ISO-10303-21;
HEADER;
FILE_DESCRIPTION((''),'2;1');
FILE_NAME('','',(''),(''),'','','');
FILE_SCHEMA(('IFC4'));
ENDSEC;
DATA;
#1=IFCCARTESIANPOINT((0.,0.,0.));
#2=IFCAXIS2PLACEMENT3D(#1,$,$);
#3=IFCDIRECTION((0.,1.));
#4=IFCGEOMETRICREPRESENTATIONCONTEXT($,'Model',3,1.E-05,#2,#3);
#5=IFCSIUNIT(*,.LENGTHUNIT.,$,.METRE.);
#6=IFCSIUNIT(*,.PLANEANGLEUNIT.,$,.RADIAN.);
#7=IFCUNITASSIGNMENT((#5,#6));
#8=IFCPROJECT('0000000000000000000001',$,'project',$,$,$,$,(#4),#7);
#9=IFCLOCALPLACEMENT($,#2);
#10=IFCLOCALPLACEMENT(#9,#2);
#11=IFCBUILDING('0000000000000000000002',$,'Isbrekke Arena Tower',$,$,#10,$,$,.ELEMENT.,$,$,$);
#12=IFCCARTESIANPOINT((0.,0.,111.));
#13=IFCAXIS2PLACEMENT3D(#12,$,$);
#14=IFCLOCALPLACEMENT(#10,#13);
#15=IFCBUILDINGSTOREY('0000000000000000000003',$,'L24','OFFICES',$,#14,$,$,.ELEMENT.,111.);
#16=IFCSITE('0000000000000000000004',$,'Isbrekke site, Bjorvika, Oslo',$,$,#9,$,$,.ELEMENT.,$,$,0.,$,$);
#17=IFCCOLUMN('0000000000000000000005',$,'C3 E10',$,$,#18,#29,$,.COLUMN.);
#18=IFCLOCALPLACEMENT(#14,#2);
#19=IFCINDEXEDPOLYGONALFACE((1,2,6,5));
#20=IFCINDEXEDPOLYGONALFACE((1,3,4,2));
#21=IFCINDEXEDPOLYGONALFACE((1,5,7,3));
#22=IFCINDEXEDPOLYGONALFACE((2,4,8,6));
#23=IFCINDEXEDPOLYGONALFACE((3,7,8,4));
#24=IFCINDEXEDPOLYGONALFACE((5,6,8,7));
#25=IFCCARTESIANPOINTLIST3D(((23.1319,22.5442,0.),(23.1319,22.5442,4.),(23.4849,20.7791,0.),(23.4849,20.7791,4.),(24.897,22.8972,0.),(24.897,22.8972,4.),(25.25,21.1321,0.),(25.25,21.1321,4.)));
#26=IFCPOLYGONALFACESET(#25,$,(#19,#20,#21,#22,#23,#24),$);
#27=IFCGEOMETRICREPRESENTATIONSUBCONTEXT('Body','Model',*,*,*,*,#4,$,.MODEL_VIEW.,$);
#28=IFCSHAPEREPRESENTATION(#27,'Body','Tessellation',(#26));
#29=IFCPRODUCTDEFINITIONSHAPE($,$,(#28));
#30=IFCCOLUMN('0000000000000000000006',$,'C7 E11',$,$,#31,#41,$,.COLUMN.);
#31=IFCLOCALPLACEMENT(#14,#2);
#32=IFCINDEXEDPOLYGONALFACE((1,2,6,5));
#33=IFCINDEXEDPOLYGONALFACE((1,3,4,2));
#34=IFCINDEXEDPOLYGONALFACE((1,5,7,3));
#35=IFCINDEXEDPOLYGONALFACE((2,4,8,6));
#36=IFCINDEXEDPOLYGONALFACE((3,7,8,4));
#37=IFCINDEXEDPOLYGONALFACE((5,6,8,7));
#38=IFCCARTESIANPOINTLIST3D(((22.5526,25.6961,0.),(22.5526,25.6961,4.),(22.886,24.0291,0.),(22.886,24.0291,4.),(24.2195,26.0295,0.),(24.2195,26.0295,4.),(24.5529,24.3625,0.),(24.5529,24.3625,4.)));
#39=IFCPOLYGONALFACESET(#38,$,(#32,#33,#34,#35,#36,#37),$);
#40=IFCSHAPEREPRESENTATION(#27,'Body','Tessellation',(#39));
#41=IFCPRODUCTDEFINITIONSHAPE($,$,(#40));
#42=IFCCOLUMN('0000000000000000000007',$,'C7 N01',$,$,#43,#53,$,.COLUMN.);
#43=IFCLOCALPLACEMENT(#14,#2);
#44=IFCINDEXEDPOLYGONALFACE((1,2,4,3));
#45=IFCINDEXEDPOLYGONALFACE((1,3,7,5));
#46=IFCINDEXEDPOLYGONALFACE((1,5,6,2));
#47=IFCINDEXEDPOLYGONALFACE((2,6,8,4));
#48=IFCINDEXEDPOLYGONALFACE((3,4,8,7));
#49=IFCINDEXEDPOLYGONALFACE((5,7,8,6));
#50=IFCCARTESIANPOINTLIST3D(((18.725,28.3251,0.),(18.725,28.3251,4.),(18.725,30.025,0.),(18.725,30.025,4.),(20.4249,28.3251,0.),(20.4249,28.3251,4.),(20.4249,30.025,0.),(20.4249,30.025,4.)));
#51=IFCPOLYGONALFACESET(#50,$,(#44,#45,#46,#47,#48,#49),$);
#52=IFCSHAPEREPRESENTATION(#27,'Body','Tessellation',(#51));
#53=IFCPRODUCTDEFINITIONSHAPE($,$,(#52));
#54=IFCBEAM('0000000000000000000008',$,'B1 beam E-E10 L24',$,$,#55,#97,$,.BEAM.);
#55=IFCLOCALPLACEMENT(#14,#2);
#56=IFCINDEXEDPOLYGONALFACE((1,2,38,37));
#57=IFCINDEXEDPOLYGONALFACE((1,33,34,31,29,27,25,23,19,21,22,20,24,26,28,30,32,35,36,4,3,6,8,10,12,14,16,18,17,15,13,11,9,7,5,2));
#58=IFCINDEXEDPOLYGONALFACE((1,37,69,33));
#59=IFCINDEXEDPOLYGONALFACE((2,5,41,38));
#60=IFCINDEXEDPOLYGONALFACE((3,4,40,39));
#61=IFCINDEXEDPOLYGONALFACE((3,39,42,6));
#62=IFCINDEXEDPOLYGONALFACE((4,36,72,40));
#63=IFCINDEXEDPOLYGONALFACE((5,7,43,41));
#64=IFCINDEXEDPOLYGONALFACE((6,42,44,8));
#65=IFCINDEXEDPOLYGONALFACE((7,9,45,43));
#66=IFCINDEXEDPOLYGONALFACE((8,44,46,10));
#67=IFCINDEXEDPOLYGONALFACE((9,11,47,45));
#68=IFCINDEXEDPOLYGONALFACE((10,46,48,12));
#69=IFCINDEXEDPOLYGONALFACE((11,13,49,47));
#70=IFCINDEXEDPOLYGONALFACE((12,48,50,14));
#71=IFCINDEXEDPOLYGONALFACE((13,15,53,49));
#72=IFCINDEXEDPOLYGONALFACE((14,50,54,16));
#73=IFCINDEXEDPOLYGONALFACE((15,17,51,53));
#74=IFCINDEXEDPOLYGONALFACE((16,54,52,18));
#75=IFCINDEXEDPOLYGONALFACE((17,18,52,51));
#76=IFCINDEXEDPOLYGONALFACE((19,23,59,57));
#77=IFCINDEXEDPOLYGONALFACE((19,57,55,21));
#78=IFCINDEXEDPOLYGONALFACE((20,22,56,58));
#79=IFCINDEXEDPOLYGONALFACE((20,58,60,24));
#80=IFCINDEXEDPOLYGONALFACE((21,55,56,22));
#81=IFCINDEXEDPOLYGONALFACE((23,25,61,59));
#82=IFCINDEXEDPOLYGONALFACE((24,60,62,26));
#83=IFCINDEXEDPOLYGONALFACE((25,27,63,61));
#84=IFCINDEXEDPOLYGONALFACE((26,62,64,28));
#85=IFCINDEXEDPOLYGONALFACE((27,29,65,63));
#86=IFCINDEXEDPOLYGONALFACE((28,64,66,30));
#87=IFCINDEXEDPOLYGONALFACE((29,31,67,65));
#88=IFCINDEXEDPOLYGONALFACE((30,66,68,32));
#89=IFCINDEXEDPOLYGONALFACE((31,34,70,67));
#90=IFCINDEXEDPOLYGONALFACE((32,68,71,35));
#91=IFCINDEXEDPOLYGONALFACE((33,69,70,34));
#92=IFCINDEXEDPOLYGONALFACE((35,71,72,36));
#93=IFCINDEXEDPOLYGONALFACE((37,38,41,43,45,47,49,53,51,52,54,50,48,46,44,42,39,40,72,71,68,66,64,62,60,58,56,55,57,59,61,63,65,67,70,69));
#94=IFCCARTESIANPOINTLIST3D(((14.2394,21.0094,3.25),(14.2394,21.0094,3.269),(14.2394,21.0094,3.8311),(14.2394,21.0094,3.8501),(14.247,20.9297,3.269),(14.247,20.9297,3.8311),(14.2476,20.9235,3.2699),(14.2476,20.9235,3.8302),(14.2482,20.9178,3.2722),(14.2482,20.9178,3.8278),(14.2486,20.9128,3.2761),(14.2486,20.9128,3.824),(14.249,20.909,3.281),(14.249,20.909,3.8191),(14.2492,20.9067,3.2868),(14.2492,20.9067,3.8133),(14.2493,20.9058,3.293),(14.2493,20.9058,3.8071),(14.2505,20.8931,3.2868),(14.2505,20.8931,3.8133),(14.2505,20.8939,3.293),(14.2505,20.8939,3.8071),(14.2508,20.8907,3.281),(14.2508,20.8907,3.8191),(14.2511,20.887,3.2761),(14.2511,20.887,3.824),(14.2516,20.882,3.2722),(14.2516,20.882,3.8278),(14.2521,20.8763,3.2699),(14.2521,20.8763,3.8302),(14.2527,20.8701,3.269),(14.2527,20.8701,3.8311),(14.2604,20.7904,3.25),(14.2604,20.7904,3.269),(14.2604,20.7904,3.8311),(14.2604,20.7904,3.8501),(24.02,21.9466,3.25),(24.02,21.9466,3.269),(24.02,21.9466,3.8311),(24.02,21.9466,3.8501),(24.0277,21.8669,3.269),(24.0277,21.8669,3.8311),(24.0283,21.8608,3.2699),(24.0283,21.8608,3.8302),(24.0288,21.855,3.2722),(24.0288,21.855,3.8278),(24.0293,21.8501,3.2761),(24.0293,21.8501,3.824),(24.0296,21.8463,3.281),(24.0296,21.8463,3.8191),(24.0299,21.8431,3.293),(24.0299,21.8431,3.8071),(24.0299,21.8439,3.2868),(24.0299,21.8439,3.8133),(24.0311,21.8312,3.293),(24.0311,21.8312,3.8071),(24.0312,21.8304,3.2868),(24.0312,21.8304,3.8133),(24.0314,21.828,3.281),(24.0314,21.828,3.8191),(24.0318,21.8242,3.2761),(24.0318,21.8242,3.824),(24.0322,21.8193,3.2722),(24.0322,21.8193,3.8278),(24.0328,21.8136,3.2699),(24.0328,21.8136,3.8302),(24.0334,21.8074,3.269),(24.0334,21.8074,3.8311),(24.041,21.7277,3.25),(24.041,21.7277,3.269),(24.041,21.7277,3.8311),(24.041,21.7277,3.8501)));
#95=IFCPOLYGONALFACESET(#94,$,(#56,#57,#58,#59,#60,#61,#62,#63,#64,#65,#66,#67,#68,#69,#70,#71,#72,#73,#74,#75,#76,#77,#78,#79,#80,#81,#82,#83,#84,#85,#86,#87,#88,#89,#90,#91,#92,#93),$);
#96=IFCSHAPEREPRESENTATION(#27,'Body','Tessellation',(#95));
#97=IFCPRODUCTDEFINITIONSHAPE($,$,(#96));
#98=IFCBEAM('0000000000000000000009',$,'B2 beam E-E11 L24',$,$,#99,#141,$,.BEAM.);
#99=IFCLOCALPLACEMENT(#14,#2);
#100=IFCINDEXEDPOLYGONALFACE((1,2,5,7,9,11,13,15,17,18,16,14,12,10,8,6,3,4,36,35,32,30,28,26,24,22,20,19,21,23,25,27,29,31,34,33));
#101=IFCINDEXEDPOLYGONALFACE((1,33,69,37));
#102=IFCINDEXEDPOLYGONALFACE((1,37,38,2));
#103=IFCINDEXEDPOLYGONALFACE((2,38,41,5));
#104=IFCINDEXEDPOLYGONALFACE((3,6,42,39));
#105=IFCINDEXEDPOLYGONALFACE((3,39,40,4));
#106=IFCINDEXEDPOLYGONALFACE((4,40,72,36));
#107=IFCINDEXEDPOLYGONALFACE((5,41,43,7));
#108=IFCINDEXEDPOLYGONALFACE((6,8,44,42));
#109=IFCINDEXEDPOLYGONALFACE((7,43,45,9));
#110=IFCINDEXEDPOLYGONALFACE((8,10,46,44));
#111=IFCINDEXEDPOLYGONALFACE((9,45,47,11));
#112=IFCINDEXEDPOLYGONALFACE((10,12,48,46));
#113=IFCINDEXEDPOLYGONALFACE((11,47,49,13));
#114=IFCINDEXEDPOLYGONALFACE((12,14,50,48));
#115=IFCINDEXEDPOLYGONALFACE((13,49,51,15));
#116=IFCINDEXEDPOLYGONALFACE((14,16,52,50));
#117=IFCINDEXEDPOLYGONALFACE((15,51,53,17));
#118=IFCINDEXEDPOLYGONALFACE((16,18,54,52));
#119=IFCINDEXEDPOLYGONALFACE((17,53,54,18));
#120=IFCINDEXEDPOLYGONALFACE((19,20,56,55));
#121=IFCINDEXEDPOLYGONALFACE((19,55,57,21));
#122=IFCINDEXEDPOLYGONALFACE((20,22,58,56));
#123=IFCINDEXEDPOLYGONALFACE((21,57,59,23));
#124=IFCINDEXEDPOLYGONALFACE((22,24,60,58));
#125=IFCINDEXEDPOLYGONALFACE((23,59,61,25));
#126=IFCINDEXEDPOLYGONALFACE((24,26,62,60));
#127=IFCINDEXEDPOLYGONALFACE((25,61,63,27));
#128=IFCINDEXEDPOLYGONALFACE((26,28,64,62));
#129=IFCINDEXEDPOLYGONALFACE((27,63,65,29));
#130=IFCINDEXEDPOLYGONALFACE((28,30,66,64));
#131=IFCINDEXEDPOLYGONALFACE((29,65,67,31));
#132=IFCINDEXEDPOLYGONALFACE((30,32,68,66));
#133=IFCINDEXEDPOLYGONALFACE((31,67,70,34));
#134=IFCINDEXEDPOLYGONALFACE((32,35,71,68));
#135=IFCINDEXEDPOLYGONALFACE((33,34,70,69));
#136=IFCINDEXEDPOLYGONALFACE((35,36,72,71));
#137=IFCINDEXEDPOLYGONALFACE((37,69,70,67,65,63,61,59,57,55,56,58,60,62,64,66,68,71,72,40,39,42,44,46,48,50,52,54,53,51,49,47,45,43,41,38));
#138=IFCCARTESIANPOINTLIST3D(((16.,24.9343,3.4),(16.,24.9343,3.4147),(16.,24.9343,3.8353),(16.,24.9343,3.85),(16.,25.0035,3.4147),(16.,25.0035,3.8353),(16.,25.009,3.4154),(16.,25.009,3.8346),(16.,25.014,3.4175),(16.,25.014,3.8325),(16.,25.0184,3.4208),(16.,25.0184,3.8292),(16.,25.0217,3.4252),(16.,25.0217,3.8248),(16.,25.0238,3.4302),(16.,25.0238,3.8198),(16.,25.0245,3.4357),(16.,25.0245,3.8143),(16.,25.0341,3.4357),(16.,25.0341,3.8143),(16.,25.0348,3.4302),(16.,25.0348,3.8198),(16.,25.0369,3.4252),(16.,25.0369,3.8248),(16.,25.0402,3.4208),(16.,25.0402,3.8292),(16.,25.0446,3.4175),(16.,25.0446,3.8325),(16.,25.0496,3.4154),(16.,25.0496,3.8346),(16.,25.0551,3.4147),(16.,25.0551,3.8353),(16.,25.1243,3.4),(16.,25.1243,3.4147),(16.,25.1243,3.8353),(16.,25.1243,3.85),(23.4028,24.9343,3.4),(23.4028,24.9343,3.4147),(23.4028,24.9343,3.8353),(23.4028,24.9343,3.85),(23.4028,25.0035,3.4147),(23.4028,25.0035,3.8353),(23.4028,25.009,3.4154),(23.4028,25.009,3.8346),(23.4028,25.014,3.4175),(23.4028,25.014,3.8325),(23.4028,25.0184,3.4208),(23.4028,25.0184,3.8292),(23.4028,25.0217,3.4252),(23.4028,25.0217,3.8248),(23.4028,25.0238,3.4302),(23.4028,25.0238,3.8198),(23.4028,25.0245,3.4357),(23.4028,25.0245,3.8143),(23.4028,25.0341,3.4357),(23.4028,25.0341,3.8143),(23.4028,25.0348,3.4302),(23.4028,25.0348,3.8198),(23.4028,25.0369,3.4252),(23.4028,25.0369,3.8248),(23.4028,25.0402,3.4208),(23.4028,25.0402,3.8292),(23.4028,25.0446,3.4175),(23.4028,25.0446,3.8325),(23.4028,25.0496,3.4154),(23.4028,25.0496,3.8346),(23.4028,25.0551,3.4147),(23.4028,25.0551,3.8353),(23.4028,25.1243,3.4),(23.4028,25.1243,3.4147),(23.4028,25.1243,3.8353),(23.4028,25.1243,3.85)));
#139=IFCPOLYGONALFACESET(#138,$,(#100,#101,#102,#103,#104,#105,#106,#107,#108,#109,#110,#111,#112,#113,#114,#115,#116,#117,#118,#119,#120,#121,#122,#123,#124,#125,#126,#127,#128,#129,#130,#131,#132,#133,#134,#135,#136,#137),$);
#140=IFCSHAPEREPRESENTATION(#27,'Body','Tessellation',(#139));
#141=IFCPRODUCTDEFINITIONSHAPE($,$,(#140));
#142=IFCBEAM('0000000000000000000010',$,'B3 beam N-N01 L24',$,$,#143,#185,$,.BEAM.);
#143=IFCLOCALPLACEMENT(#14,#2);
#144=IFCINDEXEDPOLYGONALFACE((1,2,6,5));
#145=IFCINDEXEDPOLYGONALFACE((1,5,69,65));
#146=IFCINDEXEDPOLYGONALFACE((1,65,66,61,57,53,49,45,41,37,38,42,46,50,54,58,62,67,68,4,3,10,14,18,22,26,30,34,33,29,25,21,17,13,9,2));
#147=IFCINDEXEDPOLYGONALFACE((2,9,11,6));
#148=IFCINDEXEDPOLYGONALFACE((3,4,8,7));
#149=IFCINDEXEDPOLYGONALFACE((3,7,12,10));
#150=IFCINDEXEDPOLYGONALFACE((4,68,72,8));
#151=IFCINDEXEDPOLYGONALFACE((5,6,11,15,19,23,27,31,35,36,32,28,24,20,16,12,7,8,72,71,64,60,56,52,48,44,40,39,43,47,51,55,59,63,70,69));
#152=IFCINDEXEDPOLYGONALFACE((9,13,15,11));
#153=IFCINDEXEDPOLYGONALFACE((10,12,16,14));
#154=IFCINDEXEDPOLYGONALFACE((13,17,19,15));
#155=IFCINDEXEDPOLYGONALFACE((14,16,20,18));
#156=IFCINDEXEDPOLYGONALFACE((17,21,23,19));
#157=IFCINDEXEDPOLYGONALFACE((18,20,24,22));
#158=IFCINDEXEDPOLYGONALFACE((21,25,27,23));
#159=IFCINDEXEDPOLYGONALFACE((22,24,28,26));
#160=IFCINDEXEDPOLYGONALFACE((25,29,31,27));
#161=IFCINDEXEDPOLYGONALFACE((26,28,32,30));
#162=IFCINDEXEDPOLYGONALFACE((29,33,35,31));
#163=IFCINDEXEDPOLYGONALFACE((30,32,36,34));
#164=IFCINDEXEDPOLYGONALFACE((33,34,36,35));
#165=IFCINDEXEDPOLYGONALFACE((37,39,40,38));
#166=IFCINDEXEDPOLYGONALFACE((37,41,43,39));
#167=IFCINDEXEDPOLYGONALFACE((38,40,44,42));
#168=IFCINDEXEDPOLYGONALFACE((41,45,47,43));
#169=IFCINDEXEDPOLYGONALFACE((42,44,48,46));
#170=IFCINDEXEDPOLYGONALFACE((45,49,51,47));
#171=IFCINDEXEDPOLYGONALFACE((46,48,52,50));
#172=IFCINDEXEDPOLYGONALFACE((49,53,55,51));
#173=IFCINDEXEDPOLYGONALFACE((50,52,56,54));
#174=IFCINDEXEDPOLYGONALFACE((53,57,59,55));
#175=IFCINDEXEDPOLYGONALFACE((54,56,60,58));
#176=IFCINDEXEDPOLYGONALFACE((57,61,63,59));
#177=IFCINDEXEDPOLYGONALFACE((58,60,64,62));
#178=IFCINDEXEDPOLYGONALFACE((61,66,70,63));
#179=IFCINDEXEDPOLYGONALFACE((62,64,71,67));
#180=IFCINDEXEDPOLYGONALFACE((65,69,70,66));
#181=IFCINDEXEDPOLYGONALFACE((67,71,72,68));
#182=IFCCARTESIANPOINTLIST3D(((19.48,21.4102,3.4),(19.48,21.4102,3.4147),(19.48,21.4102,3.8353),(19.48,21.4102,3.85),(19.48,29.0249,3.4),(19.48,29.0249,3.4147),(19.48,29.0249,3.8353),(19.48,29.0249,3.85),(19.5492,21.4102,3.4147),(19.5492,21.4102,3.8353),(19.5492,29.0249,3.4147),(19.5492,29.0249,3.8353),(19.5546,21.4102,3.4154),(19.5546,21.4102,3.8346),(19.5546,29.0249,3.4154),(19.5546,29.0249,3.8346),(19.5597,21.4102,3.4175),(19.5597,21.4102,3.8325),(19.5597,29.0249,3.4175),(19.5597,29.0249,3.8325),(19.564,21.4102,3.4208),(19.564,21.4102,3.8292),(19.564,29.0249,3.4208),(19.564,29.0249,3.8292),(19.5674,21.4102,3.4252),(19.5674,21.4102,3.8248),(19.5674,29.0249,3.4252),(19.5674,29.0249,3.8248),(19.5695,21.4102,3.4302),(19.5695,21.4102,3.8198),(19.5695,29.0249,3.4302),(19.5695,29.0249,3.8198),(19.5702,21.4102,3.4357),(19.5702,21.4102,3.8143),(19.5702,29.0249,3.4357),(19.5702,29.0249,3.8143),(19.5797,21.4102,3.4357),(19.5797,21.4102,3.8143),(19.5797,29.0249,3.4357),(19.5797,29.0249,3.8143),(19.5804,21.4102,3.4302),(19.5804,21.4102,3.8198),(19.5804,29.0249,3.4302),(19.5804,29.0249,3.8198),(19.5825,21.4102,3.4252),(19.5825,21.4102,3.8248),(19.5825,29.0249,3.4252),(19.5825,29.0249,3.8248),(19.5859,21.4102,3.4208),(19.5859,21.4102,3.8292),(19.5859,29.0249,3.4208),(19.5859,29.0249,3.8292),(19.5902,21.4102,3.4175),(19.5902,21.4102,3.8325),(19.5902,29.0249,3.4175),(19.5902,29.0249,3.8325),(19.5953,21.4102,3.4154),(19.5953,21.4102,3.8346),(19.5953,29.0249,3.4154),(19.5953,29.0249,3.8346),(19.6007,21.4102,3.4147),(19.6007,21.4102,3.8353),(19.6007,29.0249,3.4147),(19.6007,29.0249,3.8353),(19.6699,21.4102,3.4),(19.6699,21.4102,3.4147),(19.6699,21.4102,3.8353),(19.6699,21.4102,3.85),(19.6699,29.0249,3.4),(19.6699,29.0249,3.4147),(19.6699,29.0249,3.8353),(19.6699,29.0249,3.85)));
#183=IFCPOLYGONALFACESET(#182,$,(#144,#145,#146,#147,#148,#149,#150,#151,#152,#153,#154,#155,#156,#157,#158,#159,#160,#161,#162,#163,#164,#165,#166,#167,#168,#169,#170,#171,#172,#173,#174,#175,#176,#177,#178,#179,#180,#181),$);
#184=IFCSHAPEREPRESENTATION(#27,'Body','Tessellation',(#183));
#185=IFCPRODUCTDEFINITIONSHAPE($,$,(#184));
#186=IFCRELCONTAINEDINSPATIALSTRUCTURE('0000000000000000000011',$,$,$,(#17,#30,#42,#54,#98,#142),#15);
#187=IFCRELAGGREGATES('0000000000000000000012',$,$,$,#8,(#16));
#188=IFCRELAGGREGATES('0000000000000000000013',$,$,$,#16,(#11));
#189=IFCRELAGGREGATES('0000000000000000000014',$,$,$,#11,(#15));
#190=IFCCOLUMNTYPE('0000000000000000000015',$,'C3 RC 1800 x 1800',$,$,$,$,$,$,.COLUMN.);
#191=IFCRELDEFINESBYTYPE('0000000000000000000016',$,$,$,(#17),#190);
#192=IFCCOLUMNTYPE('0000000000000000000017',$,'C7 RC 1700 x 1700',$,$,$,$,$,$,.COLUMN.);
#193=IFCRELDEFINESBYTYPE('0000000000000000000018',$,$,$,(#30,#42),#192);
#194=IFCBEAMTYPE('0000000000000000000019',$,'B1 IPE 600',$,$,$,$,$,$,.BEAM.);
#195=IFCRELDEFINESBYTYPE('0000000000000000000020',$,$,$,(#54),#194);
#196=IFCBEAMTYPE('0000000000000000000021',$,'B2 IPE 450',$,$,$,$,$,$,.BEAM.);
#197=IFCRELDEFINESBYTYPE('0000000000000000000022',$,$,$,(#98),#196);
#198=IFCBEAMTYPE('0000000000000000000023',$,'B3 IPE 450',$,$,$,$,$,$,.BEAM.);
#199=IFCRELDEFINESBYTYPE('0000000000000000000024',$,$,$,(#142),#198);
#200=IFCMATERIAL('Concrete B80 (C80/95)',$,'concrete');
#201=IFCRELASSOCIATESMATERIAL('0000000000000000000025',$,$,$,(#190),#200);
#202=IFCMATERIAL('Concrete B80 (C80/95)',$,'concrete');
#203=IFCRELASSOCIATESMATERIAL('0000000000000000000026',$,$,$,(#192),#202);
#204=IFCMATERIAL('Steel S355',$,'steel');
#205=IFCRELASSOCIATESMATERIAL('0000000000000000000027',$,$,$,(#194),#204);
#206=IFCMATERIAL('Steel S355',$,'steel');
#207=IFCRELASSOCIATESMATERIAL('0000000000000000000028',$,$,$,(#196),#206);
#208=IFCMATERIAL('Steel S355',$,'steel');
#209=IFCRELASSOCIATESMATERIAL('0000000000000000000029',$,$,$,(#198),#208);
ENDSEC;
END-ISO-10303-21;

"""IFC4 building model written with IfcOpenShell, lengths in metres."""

from ifc_helpers import new_model, si_unit, direction, frame, origin, origin_2d, place, context, subcontext, project, spatial, rectangle, i_section, extrude, material, material_profile, profile_set, type_object, element, save


model = new_model("IFC4")

# Units and contexts
model_context = context("Model", 3, precision=1e-05, world=origin(), true_north=direction((0.0, 1.0)))
body_context = subcontext(model_context, "Body", "Model", "MODEL_VIEW")
ifc_project = project(units=[si_unit("LENGTHUNIT", "METRE"), si_unit("PLANEANGLEUNIT", "RADIAN")], contexts=[model_context])

# Site, building, storey
site_placement = place(None, origin())
site = spatial("IfcSite", under=ifc_project, at=site_placement, Name="Isbrekke site, Bjorvika, Oslo", CompositionType="ELEMENT", RefElevation=0.0)
building_placement = place(site_placement, origin())
building = spatial("IfcBuilding", under=site, at=building_placement, Name="Isbrekke Arena Tower", CompositionType="ELEMENT")
storey_placement = place(building_placement, frame((0.0, 0.0, 111.0)))
storey = spatial("IfcBuildingStorey", under=building, at=storey_placement, Name="L24", Description="OFFICES", CompositionType="ELEMENT", Elevation=111.0)

# Columns
ifc_material_1 = material(Name="Concrete B80 (C80/95)", Category="concrete")
ifc_material_profile_1 = material_profile(ifc_material_1, rectangle(XDim=1.8, YDim=1.8, at=origin_2d()), Name="RC 1800x1800")
ifc_profile_set_1 = profile_set([ifc_material_profile_1], Name="Concrete B80 (C80/95)")
column_type_1 = type_object("IfcColumnType", Name="C3 RC 1800 x 1800", PredefinedType="COLUMN", material=ifc_profile_set_1)
column_placement = place(storey_placement, frame((24.1909, 21.8381, 0.0), z_axis=(0.0, 0.0, 1.0), x_axis=(-0.196116, 0.980581, 0.0)))
element("IfcColumn", 1, at=column_placement, inside=storey, type_object=column_type_1, Name="C3 E10", PredefinedType="COLUMN", context=body_context, shape_type="SweptSolid", body=[
    extrude(rectangle(XDim=1.8, YDim=1.8, at=origin_2d()), origin(), (0.0, 0.0, 1.0), 4.0),
])
ifc_material_2 = material(Name="Concrete B80 (C80/95)", Category="concrete")
ifc_material_profile_2 = material_profile(ifc_material_2, rectangle(XDim=1.7, YDim=1.7, at=origin_2d()), Name="RC 1700x1700")
ifc_profile_set_2 = profile_set([ifc_material_profile_2], Name="Concrete B80 (C80/95)")
column_type_2 = type_object("IfcColumnType", Name="C7 RC 1700 x 1700", PredefinedType="COLUMN", material=ifc_profile_set_2)
for number, where, z_axis, x_axis, name in (
    (2, (23.5527, 25.0293, 0.0), (0.0, 0.0, 1.0), (-0.196116, 0.980581, 0.0), "C7 E11"),
    (3, (19.575, 29.175, 0.0), (0.0, 0.0, 1.0), (-1.0, 0.0, 0.0), "C7 N01"),
):
    element("IfcColumn", number, at=place(storey_placement, frame(where, z_axis=z_axis, x_axis=x_axis)), inside=storey, type_object=column_type_2, Name=name, PredefinedType="COLUMN", context=body_context, shape_type="SweptSolid", body=[
        extrude(rectangle(XDim=1.7, YDim=1.7, at=origin_2d()), origin(), (0.0, 0.0, 1.0), 4.0),
    ])

# Beams
ifc_material_3 = material(Name="Steel S355", Category="steel")
ifc_material_profile_3 = material_profile(ifc_material_3, i_section(OverallWidth=0.22, OverallDepth=0.6001, WebThickness=0.012, FlangeThickness=0.019, FilletRadius=0.0239, at=origin_2d()), Name="IPE 600")
ifc_profile_set_3 = profile_set([ifc_material_profile_3], Name="Steel S355")
beam_type_1 = type_object("IfcBeamType", Name="B1 IPE 600", PredefinedType="BEAM", material=ifc_profile_set_3)
beam_1_placement = place(storey_placement, frame((24.0305, 21.8372, 3.55), z_axis=(-0.99544, -0.095392, 0.0), x_axis=(0.095392, -0.99544, 0.0)))
element("IfcBeam", 4, at=beam_1_placement, inside=storey, type_object=beam_type_1, Name="B1 beam E-E10 L24", PredefinedType="BEAM", context=body_context, shape_type="SweptSolid", body=[
    extrude(i_section(OverallWidth=0.22, OverallDepth=0.6001, WebThickness=0.012, FlangeThickness=0.019, FilletRadius=0.0239, at=origin_2d()), origin(), (0.0, 0.0, 1.0), 9.8254),
])
ifc_material_4 = material(Name="Steel S355", Category="steel")
ifc_material_profile_4 = material_profile(ifc_material_4, i_section(OverallWidth=0.1899, OverallDepth=0.45, WebThickness=0.0095, FlangeThickness=0.0146, FilletRadius=0.021, at=origin_2d()), Name="IPE 450")
ifc_profile_set_4 = profile_set([ifc_material_profile_4], Name="Steel S355")
beam_type_2 = type_object("IfcBeamType", Name="B2 IPE 450", PredefinedType="BEAM", material=ifc_profile_set_4)
beam_2_placement = place(storey_placement, frame((23.4028, 25.0293, 3.625), z_axis=(-1.0, 0.0, 0.0), x_axis=(0.0, -1.0, 0.0)))
element("IfcBeam", 5, at=beam_2_placement, inside=storey, type_object=beam_type_2, Name="B2 beam E-E11 L24", PredefinedType="BEAM", context=body_context, shape_type="SweptSolid", body=[
    extrude(i_section(OverallWidth=0.1899, OverallDepth=0.45, WebThickness=0.0095, FlangeThickness=0.0146, FilletRadius=0.021, at=origin_2d()), origin(), (0.0, 0.0, 1.0), 7.4028),
])
ifc_material_5 = material(Name="Steel S355", Category="steel")
ifc_material_profile_5 = material_profile(ifc_material_5, i_section(OverallWidth=0.1899, OverallDepth=0.45, WebThickness=0.0095, FlangeThickness=0.0146, FilletRadius=0.021, at=origin_2d()), Name="IPE 450")
ifc_profile_set_5 = profile_set([ifc_material_profile_5], Name="Steel S355")
beam_type_3 = type_object("IfcBeamType", Name="B3 IPE 450", PredefinedType="BEAM", material=ifc_profile_set_5)
beam_3_placement = place(storey_placement, frame((19.575, 29.0249, 3.625), z_axis=(0.0, -1.0, 0.0), x_axis=(1.0, 0.0, 0.0)))
element("IfcBeam", 6, at=beam_3_placement, inside=storey, type_object=beam_type_3, Name="B3 beam N-N01 L24", PredefinedType="BEAM", context=body_context, shape_type="SweptSolid", body=[
    extrude(i_section(OverallWidth=0.1899, OverallDepth=0.45, WebThickness=0.0095, FlangeThickness=0.0146, FilletRadius=0.021, at=origin_2d()), origin(), (0.0, 0.0, 1.0), 7.6147),
])

save(model, "model.ifc")
